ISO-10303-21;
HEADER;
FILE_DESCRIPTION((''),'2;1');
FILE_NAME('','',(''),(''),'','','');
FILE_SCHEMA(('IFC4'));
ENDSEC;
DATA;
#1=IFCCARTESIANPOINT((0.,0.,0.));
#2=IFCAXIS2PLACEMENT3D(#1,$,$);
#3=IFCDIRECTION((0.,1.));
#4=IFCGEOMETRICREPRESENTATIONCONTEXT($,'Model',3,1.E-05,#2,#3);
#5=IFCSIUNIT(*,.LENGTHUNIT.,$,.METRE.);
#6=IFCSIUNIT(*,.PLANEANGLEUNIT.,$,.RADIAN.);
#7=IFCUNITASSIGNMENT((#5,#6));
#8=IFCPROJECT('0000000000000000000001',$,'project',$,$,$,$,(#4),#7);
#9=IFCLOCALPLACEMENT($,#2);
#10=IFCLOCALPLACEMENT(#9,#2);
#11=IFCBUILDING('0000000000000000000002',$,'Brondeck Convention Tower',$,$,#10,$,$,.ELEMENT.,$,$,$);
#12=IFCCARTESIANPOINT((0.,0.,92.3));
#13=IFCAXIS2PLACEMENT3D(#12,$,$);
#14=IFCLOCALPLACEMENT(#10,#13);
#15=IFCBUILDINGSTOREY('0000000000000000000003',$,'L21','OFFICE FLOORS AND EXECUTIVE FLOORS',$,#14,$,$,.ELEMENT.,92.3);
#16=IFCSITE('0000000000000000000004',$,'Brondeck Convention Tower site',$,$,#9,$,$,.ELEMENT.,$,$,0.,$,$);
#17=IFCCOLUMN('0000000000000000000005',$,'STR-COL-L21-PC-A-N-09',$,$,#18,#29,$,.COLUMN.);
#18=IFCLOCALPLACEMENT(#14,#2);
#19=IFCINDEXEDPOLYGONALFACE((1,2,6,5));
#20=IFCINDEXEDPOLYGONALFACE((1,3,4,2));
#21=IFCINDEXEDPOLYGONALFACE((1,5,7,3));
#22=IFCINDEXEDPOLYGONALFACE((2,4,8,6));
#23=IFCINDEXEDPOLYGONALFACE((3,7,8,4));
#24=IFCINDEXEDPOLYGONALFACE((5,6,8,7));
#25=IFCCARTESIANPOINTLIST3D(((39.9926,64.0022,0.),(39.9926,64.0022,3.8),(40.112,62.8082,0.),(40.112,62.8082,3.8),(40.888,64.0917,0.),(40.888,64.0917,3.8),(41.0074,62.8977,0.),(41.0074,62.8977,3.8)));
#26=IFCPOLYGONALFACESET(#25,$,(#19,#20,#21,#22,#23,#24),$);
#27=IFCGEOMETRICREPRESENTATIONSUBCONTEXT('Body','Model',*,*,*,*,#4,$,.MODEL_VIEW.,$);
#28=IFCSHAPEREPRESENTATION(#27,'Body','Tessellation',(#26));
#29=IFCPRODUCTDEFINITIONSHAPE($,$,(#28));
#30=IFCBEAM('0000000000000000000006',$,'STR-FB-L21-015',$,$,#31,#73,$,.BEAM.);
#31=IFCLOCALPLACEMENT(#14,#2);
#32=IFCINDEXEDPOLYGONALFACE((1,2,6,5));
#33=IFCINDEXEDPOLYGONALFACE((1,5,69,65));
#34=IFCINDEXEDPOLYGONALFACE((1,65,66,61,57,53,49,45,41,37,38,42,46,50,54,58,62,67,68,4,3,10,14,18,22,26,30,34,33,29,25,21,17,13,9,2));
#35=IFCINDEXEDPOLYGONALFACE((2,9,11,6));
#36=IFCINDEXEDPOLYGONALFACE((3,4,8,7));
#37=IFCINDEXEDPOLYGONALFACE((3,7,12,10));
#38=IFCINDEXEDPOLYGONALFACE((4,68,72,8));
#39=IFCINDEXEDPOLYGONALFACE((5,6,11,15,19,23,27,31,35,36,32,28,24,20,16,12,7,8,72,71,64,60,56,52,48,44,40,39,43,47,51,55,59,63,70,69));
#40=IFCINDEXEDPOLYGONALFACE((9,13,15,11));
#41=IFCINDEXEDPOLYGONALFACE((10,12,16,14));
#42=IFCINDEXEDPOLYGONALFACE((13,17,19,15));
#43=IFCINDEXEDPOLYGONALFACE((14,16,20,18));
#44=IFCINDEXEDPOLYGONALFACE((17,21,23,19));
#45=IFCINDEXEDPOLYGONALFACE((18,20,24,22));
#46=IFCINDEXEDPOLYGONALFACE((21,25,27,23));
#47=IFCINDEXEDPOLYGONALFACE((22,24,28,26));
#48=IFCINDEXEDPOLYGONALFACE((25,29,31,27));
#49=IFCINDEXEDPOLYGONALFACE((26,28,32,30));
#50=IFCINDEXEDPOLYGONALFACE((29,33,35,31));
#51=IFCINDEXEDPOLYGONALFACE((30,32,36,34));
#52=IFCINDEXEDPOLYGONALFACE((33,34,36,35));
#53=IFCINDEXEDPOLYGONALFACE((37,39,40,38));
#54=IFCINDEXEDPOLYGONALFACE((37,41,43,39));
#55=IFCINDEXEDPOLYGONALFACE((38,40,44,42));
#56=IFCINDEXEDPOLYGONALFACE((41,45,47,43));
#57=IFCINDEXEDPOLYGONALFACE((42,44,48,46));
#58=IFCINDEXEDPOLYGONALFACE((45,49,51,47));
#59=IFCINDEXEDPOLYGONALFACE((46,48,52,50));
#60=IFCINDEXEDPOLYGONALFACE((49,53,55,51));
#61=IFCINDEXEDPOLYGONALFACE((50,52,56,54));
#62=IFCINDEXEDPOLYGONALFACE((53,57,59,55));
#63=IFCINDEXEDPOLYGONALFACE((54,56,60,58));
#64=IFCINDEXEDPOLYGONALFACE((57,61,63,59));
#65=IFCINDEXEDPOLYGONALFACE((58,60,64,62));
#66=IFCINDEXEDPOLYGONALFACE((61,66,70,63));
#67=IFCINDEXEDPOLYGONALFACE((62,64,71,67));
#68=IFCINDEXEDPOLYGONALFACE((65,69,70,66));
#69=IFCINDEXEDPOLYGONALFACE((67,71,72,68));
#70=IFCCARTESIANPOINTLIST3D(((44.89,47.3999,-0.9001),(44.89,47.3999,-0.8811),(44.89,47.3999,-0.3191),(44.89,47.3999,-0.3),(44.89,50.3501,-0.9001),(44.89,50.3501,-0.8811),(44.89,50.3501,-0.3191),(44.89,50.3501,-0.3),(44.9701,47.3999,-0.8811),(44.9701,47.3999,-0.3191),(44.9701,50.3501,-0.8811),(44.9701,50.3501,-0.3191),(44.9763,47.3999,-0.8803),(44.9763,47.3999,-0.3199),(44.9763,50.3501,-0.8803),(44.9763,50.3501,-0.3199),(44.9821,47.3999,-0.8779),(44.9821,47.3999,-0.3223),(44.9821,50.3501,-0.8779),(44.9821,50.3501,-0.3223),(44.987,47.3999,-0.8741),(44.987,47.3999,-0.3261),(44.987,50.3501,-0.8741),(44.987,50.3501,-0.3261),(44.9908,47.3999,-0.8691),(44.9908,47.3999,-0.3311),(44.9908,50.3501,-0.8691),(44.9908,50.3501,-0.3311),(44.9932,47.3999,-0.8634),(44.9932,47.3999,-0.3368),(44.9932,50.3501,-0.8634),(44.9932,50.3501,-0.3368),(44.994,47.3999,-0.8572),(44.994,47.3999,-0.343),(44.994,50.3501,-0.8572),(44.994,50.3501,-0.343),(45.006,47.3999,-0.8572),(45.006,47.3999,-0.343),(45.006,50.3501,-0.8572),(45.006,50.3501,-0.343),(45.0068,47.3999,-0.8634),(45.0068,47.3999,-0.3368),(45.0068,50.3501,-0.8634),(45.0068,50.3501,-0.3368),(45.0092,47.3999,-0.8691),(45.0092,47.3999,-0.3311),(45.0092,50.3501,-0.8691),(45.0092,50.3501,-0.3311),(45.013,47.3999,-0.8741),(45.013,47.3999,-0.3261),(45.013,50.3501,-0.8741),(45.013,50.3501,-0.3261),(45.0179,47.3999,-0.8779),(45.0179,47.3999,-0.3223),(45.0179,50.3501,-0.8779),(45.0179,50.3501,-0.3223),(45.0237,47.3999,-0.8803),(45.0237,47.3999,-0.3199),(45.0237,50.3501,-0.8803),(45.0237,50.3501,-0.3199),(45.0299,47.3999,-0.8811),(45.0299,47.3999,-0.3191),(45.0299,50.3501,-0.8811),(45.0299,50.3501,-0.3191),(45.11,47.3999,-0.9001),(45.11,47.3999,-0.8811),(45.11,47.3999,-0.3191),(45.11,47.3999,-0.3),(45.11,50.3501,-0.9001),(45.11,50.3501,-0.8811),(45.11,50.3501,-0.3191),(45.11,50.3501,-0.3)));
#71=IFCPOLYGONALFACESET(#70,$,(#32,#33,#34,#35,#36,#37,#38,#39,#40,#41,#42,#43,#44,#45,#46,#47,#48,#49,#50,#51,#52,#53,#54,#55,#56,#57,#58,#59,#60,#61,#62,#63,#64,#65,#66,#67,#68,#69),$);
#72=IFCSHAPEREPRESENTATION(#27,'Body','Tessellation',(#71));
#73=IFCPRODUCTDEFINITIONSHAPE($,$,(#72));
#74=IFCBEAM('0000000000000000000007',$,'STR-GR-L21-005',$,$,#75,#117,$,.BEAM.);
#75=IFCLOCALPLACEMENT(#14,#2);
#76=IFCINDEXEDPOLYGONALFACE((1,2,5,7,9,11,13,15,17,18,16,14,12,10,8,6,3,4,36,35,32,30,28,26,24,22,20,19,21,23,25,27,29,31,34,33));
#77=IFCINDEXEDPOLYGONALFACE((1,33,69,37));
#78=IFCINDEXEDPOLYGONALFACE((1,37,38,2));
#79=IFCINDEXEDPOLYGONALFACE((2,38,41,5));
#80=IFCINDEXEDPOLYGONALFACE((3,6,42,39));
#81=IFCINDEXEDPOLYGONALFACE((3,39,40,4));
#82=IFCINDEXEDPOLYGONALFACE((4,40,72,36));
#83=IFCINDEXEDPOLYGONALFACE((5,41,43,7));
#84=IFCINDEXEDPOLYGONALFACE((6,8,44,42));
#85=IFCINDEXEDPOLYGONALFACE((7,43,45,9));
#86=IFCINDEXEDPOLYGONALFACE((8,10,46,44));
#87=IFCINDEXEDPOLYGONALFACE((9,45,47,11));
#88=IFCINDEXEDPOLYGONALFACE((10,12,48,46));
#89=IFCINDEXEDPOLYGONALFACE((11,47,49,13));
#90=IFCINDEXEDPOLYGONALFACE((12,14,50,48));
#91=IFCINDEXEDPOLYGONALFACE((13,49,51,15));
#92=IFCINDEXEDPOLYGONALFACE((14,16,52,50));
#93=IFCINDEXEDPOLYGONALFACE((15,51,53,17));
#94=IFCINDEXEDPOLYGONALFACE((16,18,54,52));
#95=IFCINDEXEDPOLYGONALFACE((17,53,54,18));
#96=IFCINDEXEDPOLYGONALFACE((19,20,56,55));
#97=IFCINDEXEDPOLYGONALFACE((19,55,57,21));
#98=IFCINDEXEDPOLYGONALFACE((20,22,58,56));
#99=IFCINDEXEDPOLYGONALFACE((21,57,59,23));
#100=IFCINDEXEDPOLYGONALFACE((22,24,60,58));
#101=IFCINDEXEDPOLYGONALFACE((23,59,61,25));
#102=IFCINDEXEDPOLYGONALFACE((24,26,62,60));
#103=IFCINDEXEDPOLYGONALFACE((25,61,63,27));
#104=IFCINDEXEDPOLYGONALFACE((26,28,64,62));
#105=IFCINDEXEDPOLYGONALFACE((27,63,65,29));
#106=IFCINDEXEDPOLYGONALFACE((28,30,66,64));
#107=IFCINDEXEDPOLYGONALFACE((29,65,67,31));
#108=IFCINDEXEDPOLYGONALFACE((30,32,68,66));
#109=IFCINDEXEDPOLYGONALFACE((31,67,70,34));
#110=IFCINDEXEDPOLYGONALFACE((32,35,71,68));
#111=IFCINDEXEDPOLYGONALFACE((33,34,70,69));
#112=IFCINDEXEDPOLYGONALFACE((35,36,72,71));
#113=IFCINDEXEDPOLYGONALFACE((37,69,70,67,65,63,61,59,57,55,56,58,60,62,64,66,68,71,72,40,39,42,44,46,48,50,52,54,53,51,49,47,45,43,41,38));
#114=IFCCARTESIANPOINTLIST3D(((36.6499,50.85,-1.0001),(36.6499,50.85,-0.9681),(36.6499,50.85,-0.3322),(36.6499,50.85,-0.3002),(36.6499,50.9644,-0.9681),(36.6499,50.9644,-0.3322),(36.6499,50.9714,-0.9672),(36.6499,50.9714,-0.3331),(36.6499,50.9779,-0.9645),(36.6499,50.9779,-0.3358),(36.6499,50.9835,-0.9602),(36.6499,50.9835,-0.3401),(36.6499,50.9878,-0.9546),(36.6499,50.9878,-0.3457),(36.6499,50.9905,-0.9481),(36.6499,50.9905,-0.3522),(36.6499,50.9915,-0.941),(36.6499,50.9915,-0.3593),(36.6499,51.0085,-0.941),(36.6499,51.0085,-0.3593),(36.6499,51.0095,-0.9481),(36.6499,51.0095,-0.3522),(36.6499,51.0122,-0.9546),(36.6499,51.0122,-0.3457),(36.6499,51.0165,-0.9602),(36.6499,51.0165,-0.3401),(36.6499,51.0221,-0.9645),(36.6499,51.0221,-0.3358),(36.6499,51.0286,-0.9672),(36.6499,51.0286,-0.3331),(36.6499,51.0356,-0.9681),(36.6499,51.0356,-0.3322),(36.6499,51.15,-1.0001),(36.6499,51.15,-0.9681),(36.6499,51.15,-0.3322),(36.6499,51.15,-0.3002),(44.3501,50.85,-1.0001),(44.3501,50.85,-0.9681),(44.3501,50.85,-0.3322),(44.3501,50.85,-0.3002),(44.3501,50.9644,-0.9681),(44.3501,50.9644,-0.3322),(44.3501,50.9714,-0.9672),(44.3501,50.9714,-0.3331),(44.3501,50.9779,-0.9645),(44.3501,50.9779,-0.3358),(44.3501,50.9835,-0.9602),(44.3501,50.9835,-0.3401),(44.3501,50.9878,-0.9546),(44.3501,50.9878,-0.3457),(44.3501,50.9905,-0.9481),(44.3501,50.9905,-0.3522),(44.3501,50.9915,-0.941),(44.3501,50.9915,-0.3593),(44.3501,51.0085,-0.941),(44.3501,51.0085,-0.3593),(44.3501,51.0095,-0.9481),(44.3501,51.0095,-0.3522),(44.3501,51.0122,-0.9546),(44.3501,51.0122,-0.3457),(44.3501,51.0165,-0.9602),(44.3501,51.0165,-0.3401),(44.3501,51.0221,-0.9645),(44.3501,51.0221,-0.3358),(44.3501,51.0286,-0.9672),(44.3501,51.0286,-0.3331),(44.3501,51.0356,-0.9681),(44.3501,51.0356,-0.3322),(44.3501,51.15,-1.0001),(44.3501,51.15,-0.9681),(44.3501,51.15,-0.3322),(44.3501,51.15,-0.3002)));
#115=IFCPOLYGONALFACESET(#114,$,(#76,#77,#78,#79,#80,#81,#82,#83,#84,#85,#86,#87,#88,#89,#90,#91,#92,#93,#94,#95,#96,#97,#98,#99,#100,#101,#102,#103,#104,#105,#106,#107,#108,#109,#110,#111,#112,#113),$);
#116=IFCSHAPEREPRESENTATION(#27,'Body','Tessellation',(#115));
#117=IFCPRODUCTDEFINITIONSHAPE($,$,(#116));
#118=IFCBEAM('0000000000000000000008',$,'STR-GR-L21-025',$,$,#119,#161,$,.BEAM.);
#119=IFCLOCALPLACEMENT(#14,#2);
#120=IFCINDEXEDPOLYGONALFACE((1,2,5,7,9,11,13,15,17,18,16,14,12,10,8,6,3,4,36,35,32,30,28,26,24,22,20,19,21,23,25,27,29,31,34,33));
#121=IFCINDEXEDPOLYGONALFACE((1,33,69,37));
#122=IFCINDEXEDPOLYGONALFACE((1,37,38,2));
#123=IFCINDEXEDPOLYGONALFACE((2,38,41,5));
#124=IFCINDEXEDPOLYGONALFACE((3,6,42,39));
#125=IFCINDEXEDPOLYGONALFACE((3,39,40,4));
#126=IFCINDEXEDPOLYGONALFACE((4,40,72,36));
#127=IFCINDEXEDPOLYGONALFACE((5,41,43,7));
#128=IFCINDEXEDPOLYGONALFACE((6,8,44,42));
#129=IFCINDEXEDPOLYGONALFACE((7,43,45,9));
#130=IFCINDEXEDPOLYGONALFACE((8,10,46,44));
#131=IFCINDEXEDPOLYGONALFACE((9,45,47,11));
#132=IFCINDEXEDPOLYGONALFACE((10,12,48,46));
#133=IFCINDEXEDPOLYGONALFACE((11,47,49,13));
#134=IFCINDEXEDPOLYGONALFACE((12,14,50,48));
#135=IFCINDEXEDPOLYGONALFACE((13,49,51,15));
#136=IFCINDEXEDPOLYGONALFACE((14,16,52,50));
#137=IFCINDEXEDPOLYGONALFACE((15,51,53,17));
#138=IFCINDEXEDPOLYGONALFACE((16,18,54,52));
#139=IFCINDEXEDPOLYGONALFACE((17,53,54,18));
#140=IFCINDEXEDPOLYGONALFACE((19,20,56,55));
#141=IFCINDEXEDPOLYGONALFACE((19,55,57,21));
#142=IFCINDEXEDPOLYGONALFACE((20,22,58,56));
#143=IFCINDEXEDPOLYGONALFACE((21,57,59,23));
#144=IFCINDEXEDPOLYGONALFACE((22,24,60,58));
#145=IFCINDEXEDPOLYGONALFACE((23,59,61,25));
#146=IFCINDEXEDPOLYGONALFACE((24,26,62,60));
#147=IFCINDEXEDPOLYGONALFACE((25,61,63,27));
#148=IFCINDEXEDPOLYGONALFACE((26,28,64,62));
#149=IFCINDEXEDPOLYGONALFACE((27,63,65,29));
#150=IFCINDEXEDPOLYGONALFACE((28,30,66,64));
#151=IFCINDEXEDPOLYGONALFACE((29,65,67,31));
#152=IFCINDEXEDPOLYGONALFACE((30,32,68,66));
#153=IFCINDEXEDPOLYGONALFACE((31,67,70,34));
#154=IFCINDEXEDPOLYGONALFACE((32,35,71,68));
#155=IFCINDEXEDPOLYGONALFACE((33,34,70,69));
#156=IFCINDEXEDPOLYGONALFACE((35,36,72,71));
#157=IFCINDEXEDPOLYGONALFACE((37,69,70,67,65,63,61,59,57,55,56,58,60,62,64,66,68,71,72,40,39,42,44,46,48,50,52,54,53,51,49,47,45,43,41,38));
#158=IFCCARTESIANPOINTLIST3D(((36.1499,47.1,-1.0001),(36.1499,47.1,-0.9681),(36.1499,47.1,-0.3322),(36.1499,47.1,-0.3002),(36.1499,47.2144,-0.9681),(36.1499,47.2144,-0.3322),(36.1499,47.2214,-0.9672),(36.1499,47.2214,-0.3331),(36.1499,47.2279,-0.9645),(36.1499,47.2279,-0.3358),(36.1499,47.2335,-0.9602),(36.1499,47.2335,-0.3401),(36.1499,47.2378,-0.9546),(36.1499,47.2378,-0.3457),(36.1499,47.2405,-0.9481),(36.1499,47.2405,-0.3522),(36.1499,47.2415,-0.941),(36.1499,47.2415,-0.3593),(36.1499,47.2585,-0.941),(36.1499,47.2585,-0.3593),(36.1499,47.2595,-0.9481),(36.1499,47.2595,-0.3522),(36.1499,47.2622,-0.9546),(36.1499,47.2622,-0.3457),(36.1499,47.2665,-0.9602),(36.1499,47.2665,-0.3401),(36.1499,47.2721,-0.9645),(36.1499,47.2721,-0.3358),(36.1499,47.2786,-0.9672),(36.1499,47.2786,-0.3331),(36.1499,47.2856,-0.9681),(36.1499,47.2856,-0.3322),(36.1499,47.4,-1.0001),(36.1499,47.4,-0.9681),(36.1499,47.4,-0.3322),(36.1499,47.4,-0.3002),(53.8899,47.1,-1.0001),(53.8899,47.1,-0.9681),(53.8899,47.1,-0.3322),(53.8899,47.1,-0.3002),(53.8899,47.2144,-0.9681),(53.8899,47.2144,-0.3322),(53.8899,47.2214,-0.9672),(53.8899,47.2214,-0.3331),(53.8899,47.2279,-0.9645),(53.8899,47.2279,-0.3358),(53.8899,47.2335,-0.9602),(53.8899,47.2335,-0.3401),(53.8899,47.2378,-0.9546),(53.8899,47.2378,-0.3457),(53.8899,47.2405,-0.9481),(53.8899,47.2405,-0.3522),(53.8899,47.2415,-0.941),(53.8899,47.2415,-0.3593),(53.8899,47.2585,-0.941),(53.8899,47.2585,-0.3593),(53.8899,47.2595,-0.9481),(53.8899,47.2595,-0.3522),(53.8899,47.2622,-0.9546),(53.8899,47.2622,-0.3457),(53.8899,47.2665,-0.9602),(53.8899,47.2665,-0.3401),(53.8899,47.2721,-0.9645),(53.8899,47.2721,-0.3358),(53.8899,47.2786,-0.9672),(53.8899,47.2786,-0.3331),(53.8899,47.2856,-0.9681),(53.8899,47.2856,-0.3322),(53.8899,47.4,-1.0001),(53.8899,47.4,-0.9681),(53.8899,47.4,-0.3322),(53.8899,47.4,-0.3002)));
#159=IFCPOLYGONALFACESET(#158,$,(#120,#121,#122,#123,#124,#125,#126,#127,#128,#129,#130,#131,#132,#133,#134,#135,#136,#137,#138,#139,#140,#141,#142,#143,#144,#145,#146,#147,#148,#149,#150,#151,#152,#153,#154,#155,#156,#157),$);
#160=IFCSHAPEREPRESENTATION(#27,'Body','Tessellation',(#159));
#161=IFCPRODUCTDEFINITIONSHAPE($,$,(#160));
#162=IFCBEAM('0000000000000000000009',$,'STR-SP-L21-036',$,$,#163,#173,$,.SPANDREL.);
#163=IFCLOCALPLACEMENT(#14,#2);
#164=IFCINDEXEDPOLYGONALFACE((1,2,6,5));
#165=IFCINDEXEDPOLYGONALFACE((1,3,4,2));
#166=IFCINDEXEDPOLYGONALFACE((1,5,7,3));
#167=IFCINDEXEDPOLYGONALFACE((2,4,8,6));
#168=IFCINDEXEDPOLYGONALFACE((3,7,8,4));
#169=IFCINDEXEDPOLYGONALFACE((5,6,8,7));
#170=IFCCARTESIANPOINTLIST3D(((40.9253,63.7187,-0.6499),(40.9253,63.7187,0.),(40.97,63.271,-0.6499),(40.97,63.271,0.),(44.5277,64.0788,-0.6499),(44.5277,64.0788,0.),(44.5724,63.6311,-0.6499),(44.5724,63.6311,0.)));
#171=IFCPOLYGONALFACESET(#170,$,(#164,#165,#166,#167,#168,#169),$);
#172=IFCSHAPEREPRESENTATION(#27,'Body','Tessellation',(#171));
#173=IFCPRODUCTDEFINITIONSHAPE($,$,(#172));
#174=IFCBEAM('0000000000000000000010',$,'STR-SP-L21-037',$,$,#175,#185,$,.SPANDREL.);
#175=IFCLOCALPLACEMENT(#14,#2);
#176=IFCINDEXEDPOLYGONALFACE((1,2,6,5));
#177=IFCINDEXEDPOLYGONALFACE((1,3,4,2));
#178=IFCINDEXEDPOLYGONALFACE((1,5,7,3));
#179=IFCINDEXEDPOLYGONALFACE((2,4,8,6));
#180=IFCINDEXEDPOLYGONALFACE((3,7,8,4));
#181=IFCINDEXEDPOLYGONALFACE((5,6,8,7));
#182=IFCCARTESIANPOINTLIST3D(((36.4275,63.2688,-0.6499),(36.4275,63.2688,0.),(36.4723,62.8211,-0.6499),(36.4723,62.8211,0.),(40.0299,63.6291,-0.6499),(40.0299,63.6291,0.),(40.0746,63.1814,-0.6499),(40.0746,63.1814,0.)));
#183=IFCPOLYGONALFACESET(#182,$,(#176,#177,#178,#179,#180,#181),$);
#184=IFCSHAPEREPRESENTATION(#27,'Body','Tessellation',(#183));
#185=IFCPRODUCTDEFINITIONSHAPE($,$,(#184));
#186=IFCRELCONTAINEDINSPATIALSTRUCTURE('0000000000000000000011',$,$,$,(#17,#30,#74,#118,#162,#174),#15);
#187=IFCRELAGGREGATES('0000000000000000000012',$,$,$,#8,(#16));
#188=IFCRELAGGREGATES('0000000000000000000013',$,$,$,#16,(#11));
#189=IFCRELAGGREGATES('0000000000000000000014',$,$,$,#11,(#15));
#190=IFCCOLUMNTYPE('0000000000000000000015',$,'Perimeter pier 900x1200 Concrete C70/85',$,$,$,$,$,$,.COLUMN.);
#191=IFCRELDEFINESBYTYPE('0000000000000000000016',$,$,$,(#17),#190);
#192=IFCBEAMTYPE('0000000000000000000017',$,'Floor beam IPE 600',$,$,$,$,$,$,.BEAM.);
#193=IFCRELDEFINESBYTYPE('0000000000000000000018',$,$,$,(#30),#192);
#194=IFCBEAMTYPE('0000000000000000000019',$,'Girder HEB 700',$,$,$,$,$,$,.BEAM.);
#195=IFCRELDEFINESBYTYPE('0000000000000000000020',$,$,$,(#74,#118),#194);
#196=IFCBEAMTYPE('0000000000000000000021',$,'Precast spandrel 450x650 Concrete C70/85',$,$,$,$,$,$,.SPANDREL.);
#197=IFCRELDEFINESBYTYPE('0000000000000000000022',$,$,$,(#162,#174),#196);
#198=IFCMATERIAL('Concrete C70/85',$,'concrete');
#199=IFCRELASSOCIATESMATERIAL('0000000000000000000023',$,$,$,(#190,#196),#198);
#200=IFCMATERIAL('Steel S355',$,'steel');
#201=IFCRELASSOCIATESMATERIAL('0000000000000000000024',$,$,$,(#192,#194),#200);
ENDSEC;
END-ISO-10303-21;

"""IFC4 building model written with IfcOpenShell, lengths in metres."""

from ifc_helpers import new_model, si_unit, direction, frame, origin, origin_2d, place, context, subcontext, project, spatial, rectangle, i_section, extrude, material, material_profile, profile_set, type_object, element, save


model = new_model("IFC4")

# Units and contexts
model_context = context("Model", 3, precision=1e-05, world=origin(), true_north=direction((0.0, 1.0)))
body_context = subcontext(model_context, "Body", "Model", "MODEL_VIEW")
ifc_project = project(units=[si_unit("LENGTHUNIT", "METRE"), si_unit("PLANEANGLEUNIT", "RADIAN")], contexts=[model_context])

# Site, building, storey
site_placement = place(None, origin())
site = spatial("IfcSite", under=ifc_project, at=site_placement, Name="Brondeck Convention Tower site", CompositionType="ELEMENT", RefElevation=0.0)
building_placement = place(site_placement, origin())
building = spatial("IfcBuilding", under=site, at=building_placement, Name="Brondeck Convention Tower", CompositionType="ELEMENT")
storey_placement = place(building_placement, frame((0.0, 0.0, 92.3)))
storey = spatial("IfcBuildingStorey", under=building, at=storey_placement, Name="L21", Description="OFFICE FLOORS AND EXECUTIVE FLOORS", CompositionType="ELEMENT", Elevation=92.3)

# Column
ifc_material_1 = material(Name="Concrete C70/85", Category="concrete")
ifc_material_profile_1 = material_profile(ifc_material_1, rectangle(XDim=0.8999, YDim=1.2, at=origin_2d()), Name="Perimeter pier 900x1200 Concrete C70/85")
ifc_profile_set_1 = profile_set([ifc_material_profile_1], Name="Concrete C70/85")
column_type = type_object("IfcColumnType", Name="Perimeter pier 900x1200 Concrete C70/85", PredefinedType="COLUMN", material=ifc_profile_set_1)
column_placement = place(storey_placement, frame((40.5, 63.45, 0.0), z_axis=(0.0, 0.0, 1.0), x_axis=(-0.995037, -0.099504, 0.0)))
element("IfcColumn", 1, at=column_placement, inside=storey, type_object=column_type, Name="STR-COL-L21-PC-A-N-09", PredefinedType="COLUMN", context=body_context, shape_type="SweptSolid", body=[
    extrude(rectangle(XDim=0.8999, YDim=1.2, at=origin_2d()), origin(), (0.0, 0.0, 1.0), 3.8),
])

# Beams
ifc_material_2 = material(Name="Steel S355", Category="steel")
ifc_material_profile_2 = material_profile(ifc_material_2, i_section(OverallWidth=0.22, OverallDepth=0.6001, WebThickness=0.012, FlangeThickness=0.019, FilletRadius=0.0239, at=origin_2d()), Name="IPE 600")
ifc_profile_set_2 = profile_set([ifc_material_profile_2], Name="Steel S355")
beam_type_1 = type_object("IfcBeamType", Name="Floor beam IPE 600", PredefinedType="BEAM", material=ifc_profile_set_2)
beam_1_placement = place(storey_placement, frame((45.0, 47.3999, -0.6001), z_axis=(0.0, 1.0, 0.0), x_axis=(-1.0, 0.0, 0.0)))
element("IfcBeam", 2, at=beam_1_placement, inside=storey, type_object=beam_type_1, Name="STR-FB-L21-015", PredefinedType="BEAM", context=body_context, shape_type="SweptSolid", body=[
    extrude(i_section(OverallWidth=0.22, OverallDepth=0.6001, WebThickness=0.012, FlangeThickness=0.019, FilletRadius=0.0239, at=origin_2d()), origin(), (0.0, 0.0, 1.0), 2.9502),
])
ifc_material_profile_3 = material_profile(ifc_material_2, i_section(OverallWidth=0.3, OverallDepth=0.7, WebThickness=0.0171, FlangeThickness=0.032, FilletRadius=0.0271, at=origin_2d()), Name="HEB 700")
ifc_profile_set_3 = profile_set([ifc_material_profile_3], Name="Steel S355")
beam_type_2 = type_object("IfcBeamType", Name="Girder HEB 700", PredefinedType="BEAM", material=ifc_profile_set_3)
beam_2_placement = place(storey_placement, frame((36.6499, 51.0, -0.6501), z_axis=(1.0, 0.0, 0.0), x_axis=(0.0, 1.0, 0.0)))
element("IfcBeam", 3, at=beam_2_placement, inside=storey, type_object=beam_type_2, Name="STR-GR-L21-005", PredefinedType="BEAM", context=body_context, shape_type="SweptSolid", body=[
    extrude(i_section(OverallWidth=0.3, OverallDepth=0.7, WebThickness=0.0171, FlangeThickness=0.032, FilletRadius=0.0271, at=origin_2d()), origin(), (0.0, 0.0, 1.0), 7.7002),
])
beam_3_placement = place(storey_placement, frame((36.1499, 47.25, -0.6501), z_axis=(1.0, 0.0, 0.0), x_axis=(0.0, 1.0, 0.0)))
element("IfcBeam", 4, at=beam_3_placement, inside=storey, type_object=beam_type_2, Name="STR-GR-L21-025", PredefinedType="BEAM", context=body_context, shape_type="SweptSolid", body=[
    extrude(i_section(OverallWidth=0.3, OverallDepth=0.7, WebThickness=0.0171, FlangeThickness=0.032, FilletRadius=0.0271, at=origin_2d()), origin(), (0.0, 0.0, 1.0), 17.74),
])
ifc_material_profile_4 = material_profile(ifc_material_1, rectangle(XDim=0.45, YDim=0.6499, at=origin_2d()), Name="Precast spandrel 450x650 Concrete C70/85")
ifc_profile_set_4 = profile_set([ifc_material_profile_4], Name="Concrete C70/85")
beam_type_3 = type_object("IfcBeamType", Name="Precast spandrel 450x650 Concrete C70/85", PredefinedType="SPANDREL", material=ifc_profile_set_4)
for number, where, z_axis, x_axis, name in (
    (5, (44.55, 63.855, -0.325), (-0.995041, -0.09947, 0.0), (0.09947, -0.995041, 0.0), "STR-SP-L21-036"),
    (6, (40.0522, 63.4053, -0.325), (-0.995034, -0.099537, 0.0), (0.099537, -0.995034, 0.0), "STR-SP-L21-037"),
):
    element("IfcBeam", number, at=place(storey_placement, frame(where, z_axis=z_axis, x_axis=x_axis)), inside=storey, type_object=beam_type_3, Name=name, PredefinedType="SPANDREL", context=body_context, shape_type="SweptSolid", body=[
        extrude(rectangle(XDim=0.45, YDim=0.6499, at=origin_2d()), origin(), (0.0, 0.0, 1.0), 3.6204),
    ])

save(model, "model.ifc")
